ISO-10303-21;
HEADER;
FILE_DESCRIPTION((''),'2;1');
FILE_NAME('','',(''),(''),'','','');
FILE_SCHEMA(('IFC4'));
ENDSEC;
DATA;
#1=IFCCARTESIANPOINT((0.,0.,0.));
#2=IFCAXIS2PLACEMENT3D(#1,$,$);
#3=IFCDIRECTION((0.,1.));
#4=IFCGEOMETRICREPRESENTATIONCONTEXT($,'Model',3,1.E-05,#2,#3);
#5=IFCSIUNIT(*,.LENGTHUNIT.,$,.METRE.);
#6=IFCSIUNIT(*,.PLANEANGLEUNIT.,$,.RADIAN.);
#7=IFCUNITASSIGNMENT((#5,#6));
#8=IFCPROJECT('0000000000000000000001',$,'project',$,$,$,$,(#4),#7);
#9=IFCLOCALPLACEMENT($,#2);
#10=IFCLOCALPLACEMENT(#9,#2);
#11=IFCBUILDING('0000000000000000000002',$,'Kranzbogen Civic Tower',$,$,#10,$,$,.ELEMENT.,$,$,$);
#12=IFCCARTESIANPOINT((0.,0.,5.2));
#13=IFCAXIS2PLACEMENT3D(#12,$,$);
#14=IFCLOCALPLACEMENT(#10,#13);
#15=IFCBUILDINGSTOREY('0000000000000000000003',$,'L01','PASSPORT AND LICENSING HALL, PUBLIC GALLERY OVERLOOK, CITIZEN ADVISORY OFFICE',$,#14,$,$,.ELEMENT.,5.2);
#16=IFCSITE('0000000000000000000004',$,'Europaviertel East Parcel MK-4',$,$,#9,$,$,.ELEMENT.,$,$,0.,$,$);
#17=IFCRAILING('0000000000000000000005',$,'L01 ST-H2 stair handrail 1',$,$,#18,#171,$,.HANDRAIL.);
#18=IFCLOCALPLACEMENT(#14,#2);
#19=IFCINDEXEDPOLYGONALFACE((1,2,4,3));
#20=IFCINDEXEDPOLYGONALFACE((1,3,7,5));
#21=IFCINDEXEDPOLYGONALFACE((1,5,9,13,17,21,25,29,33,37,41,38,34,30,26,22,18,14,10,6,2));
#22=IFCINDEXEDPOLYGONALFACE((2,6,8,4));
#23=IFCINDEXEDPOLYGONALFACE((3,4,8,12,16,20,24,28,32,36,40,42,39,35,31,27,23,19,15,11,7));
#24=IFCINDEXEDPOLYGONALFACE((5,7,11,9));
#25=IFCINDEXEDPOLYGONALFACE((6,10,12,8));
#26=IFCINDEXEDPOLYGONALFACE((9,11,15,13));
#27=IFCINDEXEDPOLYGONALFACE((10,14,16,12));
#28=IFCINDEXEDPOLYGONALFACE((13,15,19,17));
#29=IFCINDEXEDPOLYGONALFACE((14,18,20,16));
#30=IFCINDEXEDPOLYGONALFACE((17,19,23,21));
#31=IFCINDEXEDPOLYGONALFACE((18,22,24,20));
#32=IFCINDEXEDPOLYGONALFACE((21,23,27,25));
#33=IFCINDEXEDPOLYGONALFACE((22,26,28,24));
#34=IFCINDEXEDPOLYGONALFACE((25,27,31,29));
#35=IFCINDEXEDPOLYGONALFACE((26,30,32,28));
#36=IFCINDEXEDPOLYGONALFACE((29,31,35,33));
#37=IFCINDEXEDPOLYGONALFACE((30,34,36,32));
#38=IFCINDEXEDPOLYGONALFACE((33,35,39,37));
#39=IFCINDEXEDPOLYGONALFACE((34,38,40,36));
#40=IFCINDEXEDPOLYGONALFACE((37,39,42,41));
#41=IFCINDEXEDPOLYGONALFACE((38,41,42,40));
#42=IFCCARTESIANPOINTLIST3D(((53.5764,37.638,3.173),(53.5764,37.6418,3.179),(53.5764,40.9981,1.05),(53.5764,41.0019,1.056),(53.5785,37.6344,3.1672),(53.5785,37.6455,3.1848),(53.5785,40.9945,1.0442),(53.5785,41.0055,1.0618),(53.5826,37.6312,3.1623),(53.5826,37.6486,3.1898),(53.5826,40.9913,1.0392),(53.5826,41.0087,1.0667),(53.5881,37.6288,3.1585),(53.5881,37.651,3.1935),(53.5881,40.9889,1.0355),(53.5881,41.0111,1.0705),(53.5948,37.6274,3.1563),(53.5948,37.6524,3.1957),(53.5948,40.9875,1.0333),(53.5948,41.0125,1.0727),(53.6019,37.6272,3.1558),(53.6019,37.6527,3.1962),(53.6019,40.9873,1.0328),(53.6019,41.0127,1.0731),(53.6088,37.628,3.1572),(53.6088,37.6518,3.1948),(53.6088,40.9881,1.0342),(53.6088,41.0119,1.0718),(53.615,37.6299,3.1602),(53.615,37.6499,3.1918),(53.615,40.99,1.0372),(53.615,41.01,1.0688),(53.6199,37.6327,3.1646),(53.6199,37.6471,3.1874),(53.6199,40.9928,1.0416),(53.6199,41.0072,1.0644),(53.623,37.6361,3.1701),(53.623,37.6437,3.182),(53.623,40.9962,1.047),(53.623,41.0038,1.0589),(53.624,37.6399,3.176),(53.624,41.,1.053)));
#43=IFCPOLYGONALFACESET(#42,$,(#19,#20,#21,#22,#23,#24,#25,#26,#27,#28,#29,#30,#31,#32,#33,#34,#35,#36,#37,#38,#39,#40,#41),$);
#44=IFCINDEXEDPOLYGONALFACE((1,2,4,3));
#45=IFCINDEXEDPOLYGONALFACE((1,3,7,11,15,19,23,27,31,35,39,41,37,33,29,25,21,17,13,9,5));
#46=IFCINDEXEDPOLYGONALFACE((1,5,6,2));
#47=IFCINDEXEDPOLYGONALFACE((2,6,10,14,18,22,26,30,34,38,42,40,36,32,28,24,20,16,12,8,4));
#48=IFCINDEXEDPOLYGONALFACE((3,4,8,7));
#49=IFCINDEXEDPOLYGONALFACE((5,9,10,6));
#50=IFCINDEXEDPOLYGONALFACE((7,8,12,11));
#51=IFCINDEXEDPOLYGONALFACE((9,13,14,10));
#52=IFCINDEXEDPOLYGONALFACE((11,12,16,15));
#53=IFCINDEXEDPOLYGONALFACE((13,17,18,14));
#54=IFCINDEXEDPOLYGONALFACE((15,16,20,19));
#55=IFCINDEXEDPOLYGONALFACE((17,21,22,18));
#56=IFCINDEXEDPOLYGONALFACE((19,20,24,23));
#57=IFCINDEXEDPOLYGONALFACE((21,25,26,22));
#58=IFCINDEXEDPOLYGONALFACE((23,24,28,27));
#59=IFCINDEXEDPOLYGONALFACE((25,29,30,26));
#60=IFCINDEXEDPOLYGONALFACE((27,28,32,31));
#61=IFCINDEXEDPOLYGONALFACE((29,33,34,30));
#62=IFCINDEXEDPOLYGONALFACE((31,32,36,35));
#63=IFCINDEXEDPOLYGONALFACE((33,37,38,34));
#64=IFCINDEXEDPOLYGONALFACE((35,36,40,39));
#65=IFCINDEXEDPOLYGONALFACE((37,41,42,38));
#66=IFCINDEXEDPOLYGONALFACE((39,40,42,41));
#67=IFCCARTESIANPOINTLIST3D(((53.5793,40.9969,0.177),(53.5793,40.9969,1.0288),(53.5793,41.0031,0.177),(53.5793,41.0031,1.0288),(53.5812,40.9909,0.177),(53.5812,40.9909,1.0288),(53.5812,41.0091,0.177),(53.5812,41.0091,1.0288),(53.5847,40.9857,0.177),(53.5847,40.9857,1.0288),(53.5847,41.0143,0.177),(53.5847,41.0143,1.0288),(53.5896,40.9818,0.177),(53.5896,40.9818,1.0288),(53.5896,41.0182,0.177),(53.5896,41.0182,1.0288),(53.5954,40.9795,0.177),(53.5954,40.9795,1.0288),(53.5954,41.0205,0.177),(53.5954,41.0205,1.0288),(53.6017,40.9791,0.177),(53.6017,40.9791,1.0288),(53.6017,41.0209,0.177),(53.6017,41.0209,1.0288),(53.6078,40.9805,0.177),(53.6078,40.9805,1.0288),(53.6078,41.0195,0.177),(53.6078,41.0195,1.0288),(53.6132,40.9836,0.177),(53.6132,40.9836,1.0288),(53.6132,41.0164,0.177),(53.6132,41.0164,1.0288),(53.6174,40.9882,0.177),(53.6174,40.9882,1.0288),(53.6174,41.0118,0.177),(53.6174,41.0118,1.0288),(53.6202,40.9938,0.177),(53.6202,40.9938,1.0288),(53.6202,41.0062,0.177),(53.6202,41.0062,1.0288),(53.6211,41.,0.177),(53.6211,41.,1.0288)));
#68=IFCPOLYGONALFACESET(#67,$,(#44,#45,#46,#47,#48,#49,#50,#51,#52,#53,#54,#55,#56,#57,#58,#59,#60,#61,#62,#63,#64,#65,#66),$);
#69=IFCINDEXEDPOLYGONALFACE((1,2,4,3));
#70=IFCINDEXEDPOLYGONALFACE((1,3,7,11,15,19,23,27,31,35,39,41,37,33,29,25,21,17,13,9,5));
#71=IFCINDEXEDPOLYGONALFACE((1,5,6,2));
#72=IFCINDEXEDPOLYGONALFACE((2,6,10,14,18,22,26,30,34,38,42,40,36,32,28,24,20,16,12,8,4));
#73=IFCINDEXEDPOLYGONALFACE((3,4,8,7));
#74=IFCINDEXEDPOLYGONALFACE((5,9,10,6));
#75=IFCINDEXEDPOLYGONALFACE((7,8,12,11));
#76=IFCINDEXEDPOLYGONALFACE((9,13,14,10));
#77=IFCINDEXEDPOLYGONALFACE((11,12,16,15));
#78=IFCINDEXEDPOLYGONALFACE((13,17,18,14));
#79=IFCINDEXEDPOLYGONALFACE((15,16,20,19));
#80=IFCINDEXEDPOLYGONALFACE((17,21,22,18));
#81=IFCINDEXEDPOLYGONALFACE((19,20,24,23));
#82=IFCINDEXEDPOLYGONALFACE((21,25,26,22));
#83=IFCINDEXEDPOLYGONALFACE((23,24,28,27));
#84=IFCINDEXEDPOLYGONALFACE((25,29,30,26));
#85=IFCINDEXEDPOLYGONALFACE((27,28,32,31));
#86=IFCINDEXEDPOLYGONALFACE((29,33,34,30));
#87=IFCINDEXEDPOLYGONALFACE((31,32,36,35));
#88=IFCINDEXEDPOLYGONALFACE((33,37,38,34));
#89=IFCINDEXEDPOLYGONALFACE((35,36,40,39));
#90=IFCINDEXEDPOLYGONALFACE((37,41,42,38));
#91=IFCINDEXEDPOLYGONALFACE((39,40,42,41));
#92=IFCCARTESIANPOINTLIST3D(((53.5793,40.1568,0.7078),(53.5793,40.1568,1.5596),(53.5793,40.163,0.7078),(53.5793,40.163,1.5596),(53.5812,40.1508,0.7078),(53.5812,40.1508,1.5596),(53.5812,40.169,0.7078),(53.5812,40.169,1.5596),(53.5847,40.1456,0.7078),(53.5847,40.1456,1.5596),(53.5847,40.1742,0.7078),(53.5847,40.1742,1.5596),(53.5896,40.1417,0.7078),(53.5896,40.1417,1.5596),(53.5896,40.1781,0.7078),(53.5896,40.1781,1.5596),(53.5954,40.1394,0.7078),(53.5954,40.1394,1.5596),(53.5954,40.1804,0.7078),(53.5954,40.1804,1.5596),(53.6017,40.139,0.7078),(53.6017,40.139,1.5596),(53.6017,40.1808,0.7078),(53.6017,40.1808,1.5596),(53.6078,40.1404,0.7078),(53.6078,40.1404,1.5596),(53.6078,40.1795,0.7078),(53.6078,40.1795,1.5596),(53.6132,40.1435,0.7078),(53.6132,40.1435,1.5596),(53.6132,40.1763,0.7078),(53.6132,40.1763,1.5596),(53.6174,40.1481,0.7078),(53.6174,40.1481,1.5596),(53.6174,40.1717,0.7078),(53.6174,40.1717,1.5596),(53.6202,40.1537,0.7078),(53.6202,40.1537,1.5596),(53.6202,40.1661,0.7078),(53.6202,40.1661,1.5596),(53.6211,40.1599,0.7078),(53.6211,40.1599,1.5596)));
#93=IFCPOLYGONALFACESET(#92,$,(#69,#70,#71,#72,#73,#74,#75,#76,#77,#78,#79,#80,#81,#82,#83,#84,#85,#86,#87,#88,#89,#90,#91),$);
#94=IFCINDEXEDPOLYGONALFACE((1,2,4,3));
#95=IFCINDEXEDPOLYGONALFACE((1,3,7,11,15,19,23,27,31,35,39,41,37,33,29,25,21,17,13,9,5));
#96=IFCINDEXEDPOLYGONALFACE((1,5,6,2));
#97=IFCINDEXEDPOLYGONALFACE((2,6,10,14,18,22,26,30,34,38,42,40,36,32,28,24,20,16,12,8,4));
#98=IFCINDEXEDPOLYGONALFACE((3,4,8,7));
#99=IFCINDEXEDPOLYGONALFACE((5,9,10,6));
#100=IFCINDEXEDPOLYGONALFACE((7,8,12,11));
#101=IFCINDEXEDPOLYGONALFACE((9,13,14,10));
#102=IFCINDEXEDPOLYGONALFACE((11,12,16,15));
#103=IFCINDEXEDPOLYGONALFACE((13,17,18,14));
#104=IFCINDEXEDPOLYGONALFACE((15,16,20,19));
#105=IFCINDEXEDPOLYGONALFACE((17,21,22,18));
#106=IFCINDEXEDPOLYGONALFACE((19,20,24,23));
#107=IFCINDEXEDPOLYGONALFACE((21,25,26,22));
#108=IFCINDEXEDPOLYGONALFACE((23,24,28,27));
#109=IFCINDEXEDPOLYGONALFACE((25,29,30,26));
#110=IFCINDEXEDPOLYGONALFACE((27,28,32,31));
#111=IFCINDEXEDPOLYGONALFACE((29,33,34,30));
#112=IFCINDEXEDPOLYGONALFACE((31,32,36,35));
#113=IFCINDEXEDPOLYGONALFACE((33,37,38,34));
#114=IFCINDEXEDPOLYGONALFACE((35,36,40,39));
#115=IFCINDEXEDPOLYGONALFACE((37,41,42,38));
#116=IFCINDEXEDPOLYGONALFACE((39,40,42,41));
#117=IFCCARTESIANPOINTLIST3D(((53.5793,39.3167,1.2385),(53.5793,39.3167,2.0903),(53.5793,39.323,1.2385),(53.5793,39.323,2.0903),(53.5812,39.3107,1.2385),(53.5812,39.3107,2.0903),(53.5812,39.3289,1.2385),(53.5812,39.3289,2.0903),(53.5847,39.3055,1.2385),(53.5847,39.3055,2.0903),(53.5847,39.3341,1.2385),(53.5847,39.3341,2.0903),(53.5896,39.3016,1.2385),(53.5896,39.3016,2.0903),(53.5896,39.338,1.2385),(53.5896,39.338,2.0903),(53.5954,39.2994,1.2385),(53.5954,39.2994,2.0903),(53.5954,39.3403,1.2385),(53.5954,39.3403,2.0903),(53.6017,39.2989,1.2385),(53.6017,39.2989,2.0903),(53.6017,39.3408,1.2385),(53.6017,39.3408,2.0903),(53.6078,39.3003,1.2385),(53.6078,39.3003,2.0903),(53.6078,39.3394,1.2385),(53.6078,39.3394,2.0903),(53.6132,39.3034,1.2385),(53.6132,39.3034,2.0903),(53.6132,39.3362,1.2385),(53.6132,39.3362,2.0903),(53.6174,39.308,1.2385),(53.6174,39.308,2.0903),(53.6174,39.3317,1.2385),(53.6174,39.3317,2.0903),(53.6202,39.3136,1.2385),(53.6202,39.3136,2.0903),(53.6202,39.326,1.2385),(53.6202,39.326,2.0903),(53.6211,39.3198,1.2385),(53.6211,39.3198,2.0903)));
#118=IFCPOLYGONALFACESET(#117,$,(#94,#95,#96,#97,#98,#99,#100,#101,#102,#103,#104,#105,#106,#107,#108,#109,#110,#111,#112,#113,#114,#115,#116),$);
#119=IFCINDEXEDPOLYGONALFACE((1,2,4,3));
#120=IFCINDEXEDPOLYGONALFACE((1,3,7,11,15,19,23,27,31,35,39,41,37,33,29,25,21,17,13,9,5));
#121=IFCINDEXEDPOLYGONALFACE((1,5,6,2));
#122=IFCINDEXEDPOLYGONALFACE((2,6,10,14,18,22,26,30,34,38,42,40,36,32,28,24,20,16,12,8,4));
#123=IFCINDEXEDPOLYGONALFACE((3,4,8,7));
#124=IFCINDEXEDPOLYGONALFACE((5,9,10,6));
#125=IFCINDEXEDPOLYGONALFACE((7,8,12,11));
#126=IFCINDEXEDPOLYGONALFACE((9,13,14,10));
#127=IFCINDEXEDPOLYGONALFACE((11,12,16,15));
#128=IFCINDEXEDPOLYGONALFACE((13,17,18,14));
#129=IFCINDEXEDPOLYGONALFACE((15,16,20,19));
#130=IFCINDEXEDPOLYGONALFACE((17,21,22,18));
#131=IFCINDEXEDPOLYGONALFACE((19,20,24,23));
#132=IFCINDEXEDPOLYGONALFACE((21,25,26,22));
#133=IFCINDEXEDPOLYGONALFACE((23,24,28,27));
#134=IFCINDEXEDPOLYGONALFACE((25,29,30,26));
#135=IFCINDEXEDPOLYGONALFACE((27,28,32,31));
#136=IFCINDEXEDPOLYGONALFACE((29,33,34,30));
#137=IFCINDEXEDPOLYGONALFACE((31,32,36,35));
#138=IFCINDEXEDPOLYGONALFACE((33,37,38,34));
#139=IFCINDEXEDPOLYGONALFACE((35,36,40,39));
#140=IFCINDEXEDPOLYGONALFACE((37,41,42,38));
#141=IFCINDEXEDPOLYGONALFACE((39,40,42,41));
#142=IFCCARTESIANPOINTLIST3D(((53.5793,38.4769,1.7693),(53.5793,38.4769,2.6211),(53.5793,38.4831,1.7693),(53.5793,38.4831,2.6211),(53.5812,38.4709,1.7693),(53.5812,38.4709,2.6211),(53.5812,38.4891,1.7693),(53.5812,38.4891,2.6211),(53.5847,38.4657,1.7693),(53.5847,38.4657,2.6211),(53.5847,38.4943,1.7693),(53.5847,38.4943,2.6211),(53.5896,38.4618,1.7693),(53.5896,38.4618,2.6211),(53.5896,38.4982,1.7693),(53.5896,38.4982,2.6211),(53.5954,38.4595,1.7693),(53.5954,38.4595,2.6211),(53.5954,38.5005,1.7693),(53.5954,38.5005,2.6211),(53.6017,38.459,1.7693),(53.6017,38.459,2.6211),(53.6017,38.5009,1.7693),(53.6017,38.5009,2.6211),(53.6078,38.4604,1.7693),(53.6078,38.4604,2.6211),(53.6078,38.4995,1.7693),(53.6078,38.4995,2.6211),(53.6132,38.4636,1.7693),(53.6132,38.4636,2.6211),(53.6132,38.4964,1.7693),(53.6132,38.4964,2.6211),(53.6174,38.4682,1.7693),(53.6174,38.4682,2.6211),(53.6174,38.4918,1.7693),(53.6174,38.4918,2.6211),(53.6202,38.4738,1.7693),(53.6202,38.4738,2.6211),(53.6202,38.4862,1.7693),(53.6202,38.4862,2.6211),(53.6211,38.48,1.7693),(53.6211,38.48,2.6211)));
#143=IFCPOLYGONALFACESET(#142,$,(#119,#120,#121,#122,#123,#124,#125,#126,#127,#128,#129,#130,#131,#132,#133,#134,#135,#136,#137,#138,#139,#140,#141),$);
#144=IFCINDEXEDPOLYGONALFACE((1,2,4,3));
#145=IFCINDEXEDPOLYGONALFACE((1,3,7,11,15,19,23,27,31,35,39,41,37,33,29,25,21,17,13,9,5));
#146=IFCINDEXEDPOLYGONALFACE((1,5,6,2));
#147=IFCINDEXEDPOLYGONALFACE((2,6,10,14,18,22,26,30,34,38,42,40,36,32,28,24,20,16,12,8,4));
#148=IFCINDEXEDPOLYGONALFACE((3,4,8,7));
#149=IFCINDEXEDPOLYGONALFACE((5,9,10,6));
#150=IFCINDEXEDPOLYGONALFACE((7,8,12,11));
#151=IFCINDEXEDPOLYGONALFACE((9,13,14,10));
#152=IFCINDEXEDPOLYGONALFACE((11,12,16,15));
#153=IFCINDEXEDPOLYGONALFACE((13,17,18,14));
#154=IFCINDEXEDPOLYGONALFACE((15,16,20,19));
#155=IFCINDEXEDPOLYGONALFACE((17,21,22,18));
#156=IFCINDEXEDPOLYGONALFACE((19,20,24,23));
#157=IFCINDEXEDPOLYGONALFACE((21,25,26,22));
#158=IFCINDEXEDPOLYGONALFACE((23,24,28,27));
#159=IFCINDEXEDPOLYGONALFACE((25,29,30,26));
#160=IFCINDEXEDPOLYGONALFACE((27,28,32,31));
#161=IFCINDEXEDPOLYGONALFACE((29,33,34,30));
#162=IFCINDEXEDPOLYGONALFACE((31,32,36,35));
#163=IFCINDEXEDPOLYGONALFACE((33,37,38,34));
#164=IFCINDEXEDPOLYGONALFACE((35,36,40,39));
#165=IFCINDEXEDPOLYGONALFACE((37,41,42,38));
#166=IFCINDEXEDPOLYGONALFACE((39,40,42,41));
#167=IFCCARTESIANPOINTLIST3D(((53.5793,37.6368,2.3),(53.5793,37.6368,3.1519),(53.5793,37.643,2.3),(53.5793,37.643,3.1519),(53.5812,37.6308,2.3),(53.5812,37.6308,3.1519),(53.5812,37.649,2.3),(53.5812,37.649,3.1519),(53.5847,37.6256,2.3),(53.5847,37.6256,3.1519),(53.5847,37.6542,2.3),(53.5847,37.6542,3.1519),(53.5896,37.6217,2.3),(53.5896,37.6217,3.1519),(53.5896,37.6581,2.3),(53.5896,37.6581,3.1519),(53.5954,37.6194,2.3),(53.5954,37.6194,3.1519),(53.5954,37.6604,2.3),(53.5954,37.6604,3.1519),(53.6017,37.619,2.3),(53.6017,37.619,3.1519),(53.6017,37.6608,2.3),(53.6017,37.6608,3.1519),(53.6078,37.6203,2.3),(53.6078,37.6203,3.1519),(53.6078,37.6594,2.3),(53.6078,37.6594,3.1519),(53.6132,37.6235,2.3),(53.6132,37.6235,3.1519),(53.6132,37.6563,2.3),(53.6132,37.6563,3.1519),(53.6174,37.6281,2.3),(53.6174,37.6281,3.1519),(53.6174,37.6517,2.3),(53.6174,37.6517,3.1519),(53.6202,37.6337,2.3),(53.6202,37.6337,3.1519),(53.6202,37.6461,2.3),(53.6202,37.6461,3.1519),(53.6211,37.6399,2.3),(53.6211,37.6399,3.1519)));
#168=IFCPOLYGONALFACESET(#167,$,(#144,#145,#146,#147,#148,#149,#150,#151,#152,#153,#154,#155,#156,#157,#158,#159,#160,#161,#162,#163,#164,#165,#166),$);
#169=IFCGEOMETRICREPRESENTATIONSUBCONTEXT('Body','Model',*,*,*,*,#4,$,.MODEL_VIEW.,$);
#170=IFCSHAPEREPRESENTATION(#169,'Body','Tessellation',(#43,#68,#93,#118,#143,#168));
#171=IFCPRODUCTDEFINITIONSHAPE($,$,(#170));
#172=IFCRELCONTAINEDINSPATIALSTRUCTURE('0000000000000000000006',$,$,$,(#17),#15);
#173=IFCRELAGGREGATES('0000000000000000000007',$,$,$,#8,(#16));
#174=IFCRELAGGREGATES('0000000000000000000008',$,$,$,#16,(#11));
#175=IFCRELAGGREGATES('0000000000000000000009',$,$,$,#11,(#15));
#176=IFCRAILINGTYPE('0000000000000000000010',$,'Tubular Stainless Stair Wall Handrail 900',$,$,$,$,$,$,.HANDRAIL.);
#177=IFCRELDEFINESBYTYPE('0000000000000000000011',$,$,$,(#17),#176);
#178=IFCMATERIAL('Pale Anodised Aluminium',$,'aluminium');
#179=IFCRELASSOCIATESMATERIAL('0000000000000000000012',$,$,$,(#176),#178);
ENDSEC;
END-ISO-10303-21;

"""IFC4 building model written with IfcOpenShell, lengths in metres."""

from ifc_helpers import new_model, si_unit, direction, frame, origin, origin_2d, place, context, subcontext, project, spatial, circle, extrude, material, type_object, element, save


model = new_model("IFC4")

# Units and contexts
model_context = context("Model", 3, precision=1e-05, world=origin(), true_north=direction((0.0, 1.0)))
body_context = subcontext(model_context, "Body", "Model", "MODEL_VIEW")
ifc_project = project(units=[si_unit("LENGTHUNIT", "METRE"), si_unit("PLANEANGLEUNIT", "RADIAN")], contexts=[model_context])

# Site, building, storey
site_placement = place(None, origin())
site = spatial("IfcSite", under=ifc_project, at=site_placement, Name="Europaviertel East Parcel MK-4", CompositionType="ELEMENT", RefElevation=0.0)
building_placement = place(site_placement, origin())
building = spatial("IfcBuilding", under=site, at=building_placement, Name="Kranzbogen Civic Tower", CompositionType="ELEMENT")
storey_placement = place(building_placement, frame((0.0, 0.0, 5.2)))
storey = spatial("IfcBuildingStorey", under=building, at=storey_placement, Name="L01", Description="PASSPORT AND LICENSING HALL, PUBLIC GALLERY OVERLOOK, CITIZEN ADVISORY OFFICE", CompositionType="ELEMENT", Elevation=5.2)

# Shared definitions
ifc_material_1 = material(Name="Pale Anodised Aluminium", Category="aluminium")

# Railing
railing_type_1 = type_object("IfcRailingType", Name="Tubular Stainless Stair Wall Handrail 900", PredefinedType="HANDRAIL", material=ifc_material_1)
railing_1_placement = place(storey_placement, frame((53.6001, 41.0, 0.177)))
element("IfcRailing", 1, at=railing_1_placement, inside=storey, type_object=railing_type_1, Name="L01 ST-H2 stair handrail 1", PredefinedType="HANDRAIL", context=body_context, shape_type="SweptSolid", body=[
    extrude(circle(Radius=0.0239, at=origin_2d()), frame((0.0, 0.0, 0.876), z_axis=(0.0, -0.84539, 0.53415), x_axis=(1.0, 0.0, 0.0)), (0.0, 0.0, 1.0), 3.9746),
    extrude(circle(Radius=0.021, at=origin_2d()), origin(), (0.0, 0.0, 1.0), 0.8518),
    extrude(circle(Radius=0.021, at=origin_2d()), frame((0.0, -0.8401, 0.5308)), (0.0, 0.0, 1.0), 0.8518),
    extrude(circle(Radius=0.021, at=origin_2d()), frame((0.0, -1.6802, 1.0615)), (0.0, 0.0, 1.0), 0.8518),
    extrude(circle(Radius=0.021, at=origin_2d()), frame((0.0, -2.52, 1.5923)), (0.0, 0.0, 1.0), 0.8518),
    extrude(circle(Radius=0.021, at=origin_2d()), frame((0.0, -3.3601, 2.123)), (0.0, 0.0, 1.0), 0.8518),
])

save(model, "model.ifc")
